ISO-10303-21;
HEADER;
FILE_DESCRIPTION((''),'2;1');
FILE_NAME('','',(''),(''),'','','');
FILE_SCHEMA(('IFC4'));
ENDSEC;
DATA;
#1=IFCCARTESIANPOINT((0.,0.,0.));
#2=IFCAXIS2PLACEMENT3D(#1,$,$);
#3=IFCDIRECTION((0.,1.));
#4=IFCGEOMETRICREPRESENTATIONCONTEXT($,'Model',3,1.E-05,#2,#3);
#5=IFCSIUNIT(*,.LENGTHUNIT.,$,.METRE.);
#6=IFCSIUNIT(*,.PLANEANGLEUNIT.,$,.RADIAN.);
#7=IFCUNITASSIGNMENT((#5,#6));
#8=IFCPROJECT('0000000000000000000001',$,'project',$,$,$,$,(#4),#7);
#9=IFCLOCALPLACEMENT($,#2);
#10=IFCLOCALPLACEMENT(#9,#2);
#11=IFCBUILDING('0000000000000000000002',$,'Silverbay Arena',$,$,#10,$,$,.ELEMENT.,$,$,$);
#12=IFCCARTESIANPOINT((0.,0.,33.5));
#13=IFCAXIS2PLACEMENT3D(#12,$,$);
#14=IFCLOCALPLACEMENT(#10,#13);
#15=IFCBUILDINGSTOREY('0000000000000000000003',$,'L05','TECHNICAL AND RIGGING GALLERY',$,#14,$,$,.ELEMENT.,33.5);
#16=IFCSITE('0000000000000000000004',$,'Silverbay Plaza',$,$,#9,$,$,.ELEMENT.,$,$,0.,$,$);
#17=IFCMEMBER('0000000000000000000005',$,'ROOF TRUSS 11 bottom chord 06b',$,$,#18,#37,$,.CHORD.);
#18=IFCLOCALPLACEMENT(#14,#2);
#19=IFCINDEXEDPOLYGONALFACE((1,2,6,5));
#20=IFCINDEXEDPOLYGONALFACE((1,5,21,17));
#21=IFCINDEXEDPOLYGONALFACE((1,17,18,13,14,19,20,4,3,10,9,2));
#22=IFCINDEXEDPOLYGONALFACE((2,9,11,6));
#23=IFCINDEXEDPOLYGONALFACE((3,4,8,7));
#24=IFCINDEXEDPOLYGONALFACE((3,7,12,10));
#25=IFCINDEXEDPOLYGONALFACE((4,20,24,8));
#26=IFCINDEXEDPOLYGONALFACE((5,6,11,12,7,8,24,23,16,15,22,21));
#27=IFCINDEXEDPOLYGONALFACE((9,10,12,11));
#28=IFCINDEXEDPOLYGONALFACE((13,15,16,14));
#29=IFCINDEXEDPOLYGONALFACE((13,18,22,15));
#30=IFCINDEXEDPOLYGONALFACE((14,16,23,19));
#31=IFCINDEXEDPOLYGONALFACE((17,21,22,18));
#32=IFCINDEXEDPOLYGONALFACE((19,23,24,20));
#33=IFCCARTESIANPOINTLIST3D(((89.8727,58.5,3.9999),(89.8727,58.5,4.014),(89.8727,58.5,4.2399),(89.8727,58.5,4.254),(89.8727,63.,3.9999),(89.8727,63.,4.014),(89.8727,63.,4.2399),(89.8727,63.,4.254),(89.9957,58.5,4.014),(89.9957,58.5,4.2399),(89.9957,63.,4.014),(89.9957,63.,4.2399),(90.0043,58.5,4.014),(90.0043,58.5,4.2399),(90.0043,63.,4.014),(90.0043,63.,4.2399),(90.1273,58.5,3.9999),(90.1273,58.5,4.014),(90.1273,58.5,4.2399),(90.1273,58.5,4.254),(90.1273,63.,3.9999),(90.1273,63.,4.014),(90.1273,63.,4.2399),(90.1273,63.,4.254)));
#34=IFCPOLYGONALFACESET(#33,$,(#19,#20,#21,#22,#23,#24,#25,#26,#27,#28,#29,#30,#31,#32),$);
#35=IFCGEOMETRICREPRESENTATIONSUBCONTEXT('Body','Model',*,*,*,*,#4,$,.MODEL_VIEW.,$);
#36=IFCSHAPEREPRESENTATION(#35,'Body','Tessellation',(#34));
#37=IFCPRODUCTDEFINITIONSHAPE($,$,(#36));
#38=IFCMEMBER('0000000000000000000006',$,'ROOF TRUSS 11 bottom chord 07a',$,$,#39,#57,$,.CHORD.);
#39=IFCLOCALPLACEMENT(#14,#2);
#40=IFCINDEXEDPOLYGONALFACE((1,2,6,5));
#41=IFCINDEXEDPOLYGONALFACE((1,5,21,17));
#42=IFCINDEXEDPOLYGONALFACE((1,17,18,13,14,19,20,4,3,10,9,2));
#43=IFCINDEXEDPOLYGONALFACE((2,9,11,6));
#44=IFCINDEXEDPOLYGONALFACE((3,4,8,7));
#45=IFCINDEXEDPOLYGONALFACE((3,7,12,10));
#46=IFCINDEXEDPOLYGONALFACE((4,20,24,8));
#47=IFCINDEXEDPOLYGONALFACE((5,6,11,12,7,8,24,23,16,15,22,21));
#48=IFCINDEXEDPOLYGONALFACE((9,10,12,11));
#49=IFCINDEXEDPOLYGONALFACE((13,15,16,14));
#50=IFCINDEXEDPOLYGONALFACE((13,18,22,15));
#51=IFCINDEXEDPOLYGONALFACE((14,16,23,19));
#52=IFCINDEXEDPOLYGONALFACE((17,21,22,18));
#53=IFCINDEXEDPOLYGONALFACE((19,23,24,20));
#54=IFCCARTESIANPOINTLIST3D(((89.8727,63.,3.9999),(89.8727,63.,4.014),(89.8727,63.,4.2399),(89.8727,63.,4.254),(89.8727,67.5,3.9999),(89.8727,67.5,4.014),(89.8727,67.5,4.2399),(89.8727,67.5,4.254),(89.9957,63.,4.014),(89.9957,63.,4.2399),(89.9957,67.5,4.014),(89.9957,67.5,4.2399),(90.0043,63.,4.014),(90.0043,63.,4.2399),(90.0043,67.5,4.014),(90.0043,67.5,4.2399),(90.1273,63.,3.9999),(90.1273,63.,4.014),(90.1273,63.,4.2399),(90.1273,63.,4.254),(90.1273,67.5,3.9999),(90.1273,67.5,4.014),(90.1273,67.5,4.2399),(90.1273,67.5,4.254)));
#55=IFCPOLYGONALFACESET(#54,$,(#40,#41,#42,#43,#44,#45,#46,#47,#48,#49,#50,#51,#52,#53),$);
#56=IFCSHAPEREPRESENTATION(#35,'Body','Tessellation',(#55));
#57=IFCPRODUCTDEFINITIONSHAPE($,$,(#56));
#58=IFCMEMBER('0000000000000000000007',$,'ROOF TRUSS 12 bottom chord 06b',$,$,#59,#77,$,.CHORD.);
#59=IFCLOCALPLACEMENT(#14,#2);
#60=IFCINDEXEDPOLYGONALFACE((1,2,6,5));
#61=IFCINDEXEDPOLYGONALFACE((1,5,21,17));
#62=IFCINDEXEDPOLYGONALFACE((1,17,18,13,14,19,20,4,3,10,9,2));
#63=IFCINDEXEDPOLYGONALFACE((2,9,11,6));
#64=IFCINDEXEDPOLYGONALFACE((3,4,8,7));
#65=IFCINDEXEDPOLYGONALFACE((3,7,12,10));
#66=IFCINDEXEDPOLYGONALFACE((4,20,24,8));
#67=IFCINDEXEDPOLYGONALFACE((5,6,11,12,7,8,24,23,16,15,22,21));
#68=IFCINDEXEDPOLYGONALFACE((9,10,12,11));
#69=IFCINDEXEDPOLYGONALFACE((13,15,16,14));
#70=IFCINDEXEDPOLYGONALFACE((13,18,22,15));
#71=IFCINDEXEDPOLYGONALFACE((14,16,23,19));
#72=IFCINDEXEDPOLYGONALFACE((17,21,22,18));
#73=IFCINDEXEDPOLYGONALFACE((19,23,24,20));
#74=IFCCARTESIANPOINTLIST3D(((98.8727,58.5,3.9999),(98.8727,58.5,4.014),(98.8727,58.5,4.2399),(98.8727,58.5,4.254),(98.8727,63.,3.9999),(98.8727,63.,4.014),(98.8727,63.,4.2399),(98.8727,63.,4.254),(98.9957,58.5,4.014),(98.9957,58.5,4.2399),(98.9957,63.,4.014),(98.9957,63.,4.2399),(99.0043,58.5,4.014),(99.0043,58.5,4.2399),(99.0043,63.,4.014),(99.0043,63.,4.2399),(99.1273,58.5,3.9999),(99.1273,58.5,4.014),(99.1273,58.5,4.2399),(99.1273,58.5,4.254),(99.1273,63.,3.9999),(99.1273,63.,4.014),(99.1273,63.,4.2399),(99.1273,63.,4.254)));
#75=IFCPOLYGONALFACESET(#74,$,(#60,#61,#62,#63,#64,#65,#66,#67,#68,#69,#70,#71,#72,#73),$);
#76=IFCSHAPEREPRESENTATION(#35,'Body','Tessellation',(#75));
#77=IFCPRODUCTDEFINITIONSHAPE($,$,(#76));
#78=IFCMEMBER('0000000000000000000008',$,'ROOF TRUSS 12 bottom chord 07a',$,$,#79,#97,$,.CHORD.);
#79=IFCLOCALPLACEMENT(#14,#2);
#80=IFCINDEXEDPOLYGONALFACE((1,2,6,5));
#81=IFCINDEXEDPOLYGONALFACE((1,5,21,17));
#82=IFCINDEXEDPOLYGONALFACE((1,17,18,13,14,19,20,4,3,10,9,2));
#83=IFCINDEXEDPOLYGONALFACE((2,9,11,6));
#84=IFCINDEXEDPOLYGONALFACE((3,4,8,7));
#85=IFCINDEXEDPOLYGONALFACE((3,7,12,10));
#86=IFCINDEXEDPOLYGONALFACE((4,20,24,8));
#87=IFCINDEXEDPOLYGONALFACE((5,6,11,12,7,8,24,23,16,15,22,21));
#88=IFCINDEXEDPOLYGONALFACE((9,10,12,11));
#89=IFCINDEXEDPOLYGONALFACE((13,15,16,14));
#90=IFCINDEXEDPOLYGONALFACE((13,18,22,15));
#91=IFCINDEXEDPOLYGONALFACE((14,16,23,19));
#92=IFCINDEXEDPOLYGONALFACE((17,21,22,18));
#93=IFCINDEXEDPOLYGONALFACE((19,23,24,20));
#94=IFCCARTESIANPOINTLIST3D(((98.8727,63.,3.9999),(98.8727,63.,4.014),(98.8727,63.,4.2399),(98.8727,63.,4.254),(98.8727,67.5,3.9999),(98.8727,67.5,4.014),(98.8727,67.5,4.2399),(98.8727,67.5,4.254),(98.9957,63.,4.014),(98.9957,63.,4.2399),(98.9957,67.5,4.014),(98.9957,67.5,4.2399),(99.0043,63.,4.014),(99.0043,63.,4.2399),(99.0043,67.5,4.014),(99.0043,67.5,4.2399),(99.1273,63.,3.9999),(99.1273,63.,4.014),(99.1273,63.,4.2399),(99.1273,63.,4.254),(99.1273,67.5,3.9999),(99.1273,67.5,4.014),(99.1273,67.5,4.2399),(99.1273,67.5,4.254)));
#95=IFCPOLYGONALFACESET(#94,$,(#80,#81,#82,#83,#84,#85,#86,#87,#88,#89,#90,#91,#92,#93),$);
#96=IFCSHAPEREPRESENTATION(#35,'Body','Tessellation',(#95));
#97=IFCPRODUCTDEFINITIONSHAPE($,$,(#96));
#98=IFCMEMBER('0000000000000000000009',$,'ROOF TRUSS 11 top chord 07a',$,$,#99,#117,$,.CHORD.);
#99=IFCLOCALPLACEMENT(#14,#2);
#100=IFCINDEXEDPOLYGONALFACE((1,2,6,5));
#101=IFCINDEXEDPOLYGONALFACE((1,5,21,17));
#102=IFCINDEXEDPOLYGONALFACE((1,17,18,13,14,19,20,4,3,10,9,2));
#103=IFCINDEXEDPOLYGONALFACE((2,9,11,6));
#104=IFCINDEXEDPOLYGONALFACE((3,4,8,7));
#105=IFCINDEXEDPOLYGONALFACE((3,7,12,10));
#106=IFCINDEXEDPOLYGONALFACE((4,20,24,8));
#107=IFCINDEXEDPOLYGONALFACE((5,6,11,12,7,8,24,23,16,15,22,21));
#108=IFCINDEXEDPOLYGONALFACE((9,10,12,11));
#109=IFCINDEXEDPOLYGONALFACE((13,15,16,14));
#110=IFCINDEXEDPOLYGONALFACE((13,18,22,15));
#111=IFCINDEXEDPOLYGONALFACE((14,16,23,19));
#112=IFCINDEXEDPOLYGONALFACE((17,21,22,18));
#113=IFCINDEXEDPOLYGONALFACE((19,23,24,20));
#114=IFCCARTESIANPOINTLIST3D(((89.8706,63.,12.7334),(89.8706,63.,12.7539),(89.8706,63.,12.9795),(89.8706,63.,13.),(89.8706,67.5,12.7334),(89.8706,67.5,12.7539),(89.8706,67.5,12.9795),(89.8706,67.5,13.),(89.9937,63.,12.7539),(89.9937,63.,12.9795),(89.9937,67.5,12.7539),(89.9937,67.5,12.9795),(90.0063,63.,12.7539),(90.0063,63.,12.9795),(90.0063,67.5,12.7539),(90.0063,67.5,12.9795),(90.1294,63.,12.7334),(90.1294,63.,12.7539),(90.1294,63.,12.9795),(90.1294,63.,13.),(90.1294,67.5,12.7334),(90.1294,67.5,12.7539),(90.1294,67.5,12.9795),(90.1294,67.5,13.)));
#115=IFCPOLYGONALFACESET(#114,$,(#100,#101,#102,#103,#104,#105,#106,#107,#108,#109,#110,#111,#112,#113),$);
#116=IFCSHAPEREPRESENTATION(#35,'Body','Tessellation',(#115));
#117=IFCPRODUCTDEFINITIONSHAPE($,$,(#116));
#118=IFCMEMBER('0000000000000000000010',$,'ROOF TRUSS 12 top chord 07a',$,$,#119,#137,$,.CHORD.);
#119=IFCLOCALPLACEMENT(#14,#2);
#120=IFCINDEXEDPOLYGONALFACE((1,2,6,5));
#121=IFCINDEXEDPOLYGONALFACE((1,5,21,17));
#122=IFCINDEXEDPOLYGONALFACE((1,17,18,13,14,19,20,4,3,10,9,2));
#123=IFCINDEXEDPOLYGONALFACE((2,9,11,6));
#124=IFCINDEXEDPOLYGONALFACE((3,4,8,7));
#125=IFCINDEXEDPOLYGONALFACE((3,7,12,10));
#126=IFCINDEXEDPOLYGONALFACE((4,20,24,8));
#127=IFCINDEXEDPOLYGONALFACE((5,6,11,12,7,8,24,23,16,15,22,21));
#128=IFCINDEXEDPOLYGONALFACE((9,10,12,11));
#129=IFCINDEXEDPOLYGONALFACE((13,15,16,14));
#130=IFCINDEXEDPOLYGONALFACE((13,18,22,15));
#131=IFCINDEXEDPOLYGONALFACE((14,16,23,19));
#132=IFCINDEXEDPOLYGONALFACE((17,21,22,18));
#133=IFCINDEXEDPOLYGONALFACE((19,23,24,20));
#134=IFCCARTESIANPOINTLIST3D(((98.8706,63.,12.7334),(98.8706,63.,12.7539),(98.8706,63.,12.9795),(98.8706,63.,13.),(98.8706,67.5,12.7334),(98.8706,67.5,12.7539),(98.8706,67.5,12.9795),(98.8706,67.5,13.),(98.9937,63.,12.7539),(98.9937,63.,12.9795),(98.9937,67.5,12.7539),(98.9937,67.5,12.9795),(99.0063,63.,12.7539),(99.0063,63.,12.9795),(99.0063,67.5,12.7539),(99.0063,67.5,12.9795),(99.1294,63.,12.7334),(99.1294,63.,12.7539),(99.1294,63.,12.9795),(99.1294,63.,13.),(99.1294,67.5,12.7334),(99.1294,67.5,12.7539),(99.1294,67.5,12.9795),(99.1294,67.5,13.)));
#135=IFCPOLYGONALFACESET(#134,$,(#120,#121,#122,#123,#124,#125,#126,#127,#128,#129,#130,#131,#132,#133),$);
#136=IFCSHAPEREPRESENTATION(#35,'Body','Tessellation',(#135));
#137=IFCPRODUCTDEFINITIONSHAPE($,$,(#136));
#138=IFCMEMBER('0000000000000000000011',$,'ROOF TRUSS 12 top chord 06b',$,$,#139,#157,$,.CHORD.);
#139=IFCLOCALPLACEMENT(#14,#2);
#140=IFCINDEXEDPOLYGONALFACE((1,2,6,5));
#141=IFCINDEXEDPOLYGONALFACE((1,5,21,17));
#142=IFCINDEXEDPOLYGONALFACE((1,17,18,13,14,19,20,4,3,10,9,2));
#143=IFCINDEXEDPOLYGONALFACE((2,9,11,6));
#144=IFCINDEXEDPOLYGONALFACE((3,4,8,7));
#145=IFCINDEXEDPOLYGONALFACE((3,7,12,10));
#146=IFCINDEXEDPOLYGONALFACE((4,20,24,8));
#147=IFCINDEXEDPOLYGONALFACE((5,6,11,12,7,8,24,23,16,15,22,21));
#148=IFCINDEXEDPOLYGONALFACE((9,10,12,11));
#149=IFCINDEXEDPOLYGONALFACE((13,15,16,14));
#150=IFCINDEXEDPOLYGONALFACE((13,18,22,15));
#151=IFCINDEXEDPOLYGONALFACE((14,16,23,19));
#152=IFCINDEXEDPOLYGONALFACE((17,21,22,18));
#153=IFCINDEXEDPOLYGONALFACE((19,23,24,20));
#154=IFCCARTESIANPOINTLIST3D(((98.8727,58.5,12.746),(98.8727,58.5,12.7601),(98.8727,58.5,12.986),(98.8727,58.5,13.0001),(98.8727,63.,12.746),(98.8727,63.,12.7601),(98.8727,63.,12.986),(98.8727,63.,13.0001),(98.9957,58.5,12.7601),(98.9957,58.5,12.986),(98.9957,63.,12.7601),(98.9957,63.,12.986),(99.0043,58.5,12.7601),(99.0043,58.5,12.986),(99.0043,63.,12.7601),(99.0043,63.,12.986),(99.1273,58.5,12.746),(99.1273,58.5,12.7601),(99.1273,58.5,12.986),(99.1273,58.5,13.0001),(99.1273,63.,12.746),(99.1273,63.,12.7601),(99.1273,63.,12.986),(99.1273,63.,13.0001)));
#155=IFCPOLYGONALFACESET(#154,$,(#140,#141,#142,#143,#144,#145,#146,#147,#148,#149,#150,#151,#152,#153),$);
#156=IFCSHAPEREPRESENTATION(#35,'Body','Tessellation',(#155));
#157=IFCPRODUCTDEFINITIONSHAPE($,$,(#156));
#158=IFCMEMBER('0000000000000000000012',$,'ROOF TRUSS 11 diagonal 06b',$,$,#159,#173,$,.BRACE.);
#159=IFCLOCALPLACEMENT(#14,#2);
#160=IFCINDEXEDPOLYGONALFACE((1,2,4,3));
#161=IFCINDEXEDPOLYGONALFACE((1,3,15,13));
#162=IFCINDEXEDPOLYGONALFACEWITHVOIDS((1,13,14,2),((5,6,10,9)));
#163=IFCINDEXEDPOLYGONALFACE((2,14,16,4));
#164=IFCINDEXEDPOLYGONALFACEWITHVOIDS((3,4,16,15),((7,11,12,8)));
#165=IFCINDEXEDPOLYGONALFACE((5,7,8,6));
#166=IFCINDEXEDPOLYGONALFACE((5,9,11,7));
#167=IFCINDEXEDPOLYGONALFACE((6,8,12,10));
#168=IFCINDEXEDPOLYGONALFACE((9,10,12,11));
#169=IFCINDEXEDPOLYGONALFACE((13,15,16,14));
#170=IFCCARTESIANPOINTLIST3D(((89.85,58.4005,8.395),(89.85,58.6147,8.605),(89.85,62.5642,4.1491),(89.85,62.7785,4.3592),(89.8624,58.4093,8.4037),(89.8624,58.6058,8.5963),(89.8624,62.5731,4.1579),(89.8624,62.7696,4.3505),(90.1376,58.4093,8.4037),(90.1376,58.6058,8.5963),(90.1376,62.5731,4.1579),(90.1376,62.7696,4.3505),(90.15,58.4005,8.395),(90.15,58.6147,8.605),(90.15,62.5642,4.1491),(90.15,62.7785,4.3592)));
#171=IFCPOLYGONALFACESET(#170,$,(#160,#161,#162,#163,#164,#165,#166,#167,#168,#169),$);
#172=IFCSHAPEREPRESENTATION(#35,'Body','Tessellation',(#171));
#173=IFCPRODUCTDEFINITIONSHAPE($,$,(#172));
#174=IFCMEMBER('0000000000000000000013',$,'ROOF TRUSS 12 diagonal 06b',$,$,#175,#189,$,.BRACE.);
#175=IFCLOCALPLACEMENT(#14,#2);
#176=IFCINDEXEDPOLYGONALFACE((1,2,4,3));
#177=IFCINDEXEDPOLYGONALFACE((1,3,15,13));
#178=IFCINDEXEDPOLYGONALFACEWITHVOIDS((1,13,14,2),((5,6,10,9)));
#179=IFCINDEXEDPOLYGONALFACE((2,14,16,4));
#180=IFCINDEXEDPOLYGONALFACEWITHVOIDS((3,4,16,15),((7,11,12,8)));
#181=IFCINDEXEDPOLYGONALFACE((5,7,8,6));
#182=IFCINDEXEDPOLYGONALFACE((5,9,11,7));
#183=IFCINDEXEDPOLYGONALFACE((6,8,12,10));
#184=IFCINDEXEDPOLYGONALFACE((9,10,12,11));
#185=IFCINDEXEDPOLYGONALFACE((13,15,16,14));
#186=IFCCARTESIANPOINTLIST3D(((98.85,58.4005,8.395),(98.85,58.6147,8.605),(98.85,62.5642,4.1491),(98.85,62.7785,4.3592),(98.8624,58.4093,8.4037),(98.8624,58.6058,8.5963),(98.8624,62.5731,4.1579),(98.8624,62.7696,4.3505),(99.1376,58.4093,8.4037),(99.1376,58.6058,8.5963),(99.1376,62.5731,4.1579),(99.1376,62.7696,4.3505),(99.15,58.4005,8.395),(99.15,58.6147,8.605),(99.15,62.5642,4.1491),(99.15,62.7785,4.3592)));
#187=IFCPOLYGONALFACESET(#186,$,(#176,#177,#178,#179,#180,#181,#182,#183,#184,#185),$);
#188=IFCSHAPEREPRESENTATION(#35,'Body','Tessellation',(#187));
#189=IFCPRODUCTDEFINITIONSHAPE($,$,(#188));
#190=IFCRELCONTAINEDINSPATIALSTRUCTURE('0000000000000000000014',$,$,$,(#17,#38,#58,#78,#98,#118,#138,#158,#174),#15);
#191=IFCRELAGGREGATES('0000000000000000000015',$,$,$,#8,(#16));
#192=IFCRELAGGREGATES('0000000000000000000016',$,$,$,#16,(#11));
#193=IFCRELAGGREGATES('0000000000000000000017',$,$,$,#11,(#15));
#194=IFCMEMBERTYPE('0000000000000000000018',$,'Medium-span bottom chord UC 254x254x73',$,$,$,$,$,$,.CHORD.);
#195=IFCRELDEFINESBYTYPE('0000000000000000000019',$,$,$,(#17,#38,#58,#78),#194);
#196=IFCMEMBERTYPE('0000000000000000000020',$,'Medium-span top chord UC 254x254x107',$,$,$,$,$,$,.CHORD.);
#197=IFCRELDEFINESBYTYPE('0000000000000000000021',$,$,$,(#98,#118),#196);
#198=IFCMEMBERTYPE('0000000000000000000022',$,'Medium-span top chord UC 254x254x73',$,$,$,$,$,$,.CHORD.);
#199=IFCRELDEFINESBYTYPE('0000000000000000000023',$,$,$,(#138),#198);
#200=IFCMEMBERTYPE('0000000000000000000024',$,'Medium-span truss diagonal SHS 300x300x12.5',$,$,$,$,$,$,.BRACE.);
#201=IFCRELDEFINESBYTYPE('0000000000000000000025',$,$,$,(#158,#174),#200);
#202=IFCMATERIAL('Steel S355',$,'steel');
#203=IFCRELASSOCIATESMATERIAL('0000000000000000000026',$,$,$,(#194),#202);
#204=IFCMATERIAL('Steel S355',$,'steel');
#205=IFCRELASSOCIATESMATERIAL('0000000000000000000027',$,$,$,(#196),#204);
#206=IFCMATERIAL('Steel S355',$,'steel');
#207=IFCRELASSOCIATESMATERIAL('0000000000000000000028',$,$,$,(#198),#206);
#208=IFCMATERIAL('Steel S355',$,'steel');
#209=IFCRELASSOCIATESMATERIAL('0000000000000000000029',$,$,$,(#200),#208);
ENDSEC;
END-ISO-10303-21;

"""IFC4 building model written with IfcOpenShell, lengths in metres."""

from ifc_helpers import new_model, si_unit, direction, frame, origin, origin_2d, place, context, subcontext, project, spatial, hollow_rectangle, i_section, extrude, material, material_profile, profile_set, type_object, element, save


model = new_model("IFC4")

# Units and contexts
model_context = context("Model", 3, precision=1e-05, world=origin(), true_north=direction((0.0, 1.0)))
body_context = subcontext(model_context, "Body", "Model", "MODEL_VIEW")
ifc_project = project(units=[si_unit("LENGTHUNIT", "METRE"), si_unit("PLANEANGLEUNIT", "RADIAN")], contexts=[model_context])

# Site, building, storey
site_placement = place(None, origin())
site = spatial("IfcSite", under=ifc_project, at=site_placement, Name="Silverbay Plaza", CompositionType="ELEMENT", RefElevation=0.0)
building_placement = place(site_placement, origin())
building = spatial("IfcBuilding", under=site, at=building_placement, Name="Silverbay Arena", CompositionType="ELEMENT")
storey_placement = place(building_placement, frame((0.0, 0.0, 33.5)))
storey = spatial("IfcBuildingStorey", under=building, at=storey_placement, Name="L05", Description="TECHNICAL AND RIGGING GALLERY", CompositionType="ELEMENT", Elevation=33.5)

# Members
ifc_material_1 = material(Name="Steel S355", Category="steel")
ifc_material_profile_1 = material_profile(ifc_material_1, i_section(OverallWidth=0.2546, OverallDepth=0.2542, WebThickness=0.0085, FlangeThickness=0.0142, at=origin_2d()), Name="UC 254x254x73")
ifc_profile_set_1 = profile_set([ifc_material_profile_1], Name="Steel S355")
member_type_1 = type_object("IfcMemberType", Name="Medium-span bottom chord UC 254x254x73", PredefinedType="CHORD", material=ifc_profile_set_1)
for number, where, z_axis, x_axis, name in (
    (1, (90.0, 58.5, 4.127), (0.0, 1.0, 0.0), (-1.0, 0.0, 0.0), "ROOF TRUSS 11 bottom chord 06b"),
    (2, (90.0, 63.0, 4.127), (0.0, 1.0, 0.0), (-1.0, 0.0, 0.0), "ROOF TRUSS 11 bottom chord 07a"),
    (3, (99.0, 58.5, 4.127), (0.0, 1.0, 0.0), (-1.0, 0.0, 0.0), "ROOF TRUSS 12 bottom chord 06b"),
    (4, (99.0, 63.0, 4.127), (0.0, 1.0, 0.0), (-1.0, 0.0, 0.0), "ROOF TRUSS 12 bottom chord 07a"),
):
    element("IfcMember", number, at=place(storey_placement, frame(where, z_axis=z_axis, x_axis=x_axis)), inside=storey, type_object=member_type_1, Name=name, PredefinedType="CHORD", context=body_context, shape_type="SweptSolid", body=[
        extrude(i_section(OverallWidth=0.2546, OverallDepth=0.2542, WebThickness=0.0085, FlangeThickness=0.0142, at=origin_2d()), origin(), (0.0, 0.0, 1.0), 4.5),
    ])
ifc_material_2 = material(Name="Steel S355", Category="steel")
ifc_material_profile_2 = material_profile(ifc_material_2, i_section(OverallWidth=0.2588, OverallDepth=0.2666, WebThickness=0.0127, FlangeThickness=0.0205, at=origin_2d()), Name="UC 254x254x107")
ifc_profile_set_2 = profile_set([ifc_material_profile_2], Name="Steel S355")
member_type_2 = type_object("IfcMemberType", Name="Medium-span top chord UC 254x254x107", PredefinedType="CHORD", material=ifc_profile_set_2)
for number, where, z_axis, x_axis, name in (
    (5, (90.0, 63.0, 12.8667), (0.0, 1.0, 0.0), (-1.0, 0.0, 0.0), "ROOF TRUSS 11 top chord 07a"),
    (6, (99.0, 63.0, 12.8667), (0.0, 1.0, 0.0), (-1.0, 0.0, 0.0), "ROOF TRUSS 12 top chord 07a"),
):
    element("IfcMember", number, at=place(storey_placement, frame(where, z_axis=z_axis, x_axis=x_axis)), inside=storey, type_object=member_type_2, Name=name, PredefinedType="CHORD", context=body_context, shape_type="SweptSolid", body=[
        extrude(i_section(OverallWidth=0.2588, OverallDepth=0.2666, WebThickness=0.0127, FlangeThickness=0.0205, at=origin_2d()), origin(), (0.0, 0.0, 1.0), 4.5),
    ])
ifc_material_3 = material(Name="Steel S355", Category="steel")
ifc_material_profile_3 = material_profile(ifc_material_3, i_section(OverallWidth=0.2546, OverallDepth=0.2542, WebThickness=0.0085, FlangeThickness=0.0142, at=origin_2d()), Name="UC 254x254x73")
ifc_profile_set_3 = profile_set([ifc_material_profile_3], Name="Steel S355")
member_type_3 = type_object("IfcMemberType", Name="Medium-span top chord UC 254x254x73", PredefinedType="CHORD", material=ifc_profile_set_3)
member_1_placement = place(storey_placement, frame((99.0, 58.5, 12.873), z_axis=(0.0, 1.0, 0.0), x_axis=(-1.0, 0.0, 0.0)))
element("IfcMember", 7, at=member_1_placement, inside=storey, type_object=member_type_3, Name="ROOF TRUSS 12 top chord 06b", PredefinedType="CHORD", context=body_context, shape_type="SweptSolid", body=[
    extrude(i_section(OverallWidth=0.2546, OverallDepth=0.2542, WebThickness=0.0085, FlangeThickness=0.0142, at=origin_2d()), origin(), (0.0, 0.0, 1.0), 4.5),
])
ifc_material_4 = material(Name="Steel S355", Category="steel")
ifc_material_profile_4 = material_profile(ifc_material_4, hollow_rectangle(XDim=0.3, YDim=0.3, WallThickness=0.0125, at=origin_2d()), Name="SHS 300x300x12.5")
ifc_profile_set_4 = profile_set([ifc_material_profile_4], Name="Steel S355")
member_type_4 = type_object("IfcMemberType", Name="Medium-span truss diagonal SHS 300x300x12.5", PredefinedType="BRACE", material=ifc_profile_set_4)
for number, where, z_axis, x_axis, name in (
    (8, (90.0, 58.5076, 8.5), (0.0, 0.700176, -0.71397), (-1.0, 0.0, 0.0), "ROOF TRUSS 11 diagonal 06b"),
    (9, (99.0, 58.5076, 8.5), (0.0, 0.700176, -0.71397), (-1.0, 0.0, 0.0), "ROOF TRUSS 12 diagonal 06b"),
):
    element("IfcMember", number, at=place(storey_placement, frame(where, z_axis=z_axis, x_axis=x_axis)), inside=storey, type_object=member_type_4, Name=name, PredefinedType="BRACE", context=body_context, shape_type="SweptSolid", body=[
        extrude(hollow_rectangle(XDim=0.3, YDim=0.3, WallThickness=0.0125, at=origin_2d()), origin(), (0.0, 0.0, 1.0), 5.9468),
    ])

save(model, "model.ifc")
